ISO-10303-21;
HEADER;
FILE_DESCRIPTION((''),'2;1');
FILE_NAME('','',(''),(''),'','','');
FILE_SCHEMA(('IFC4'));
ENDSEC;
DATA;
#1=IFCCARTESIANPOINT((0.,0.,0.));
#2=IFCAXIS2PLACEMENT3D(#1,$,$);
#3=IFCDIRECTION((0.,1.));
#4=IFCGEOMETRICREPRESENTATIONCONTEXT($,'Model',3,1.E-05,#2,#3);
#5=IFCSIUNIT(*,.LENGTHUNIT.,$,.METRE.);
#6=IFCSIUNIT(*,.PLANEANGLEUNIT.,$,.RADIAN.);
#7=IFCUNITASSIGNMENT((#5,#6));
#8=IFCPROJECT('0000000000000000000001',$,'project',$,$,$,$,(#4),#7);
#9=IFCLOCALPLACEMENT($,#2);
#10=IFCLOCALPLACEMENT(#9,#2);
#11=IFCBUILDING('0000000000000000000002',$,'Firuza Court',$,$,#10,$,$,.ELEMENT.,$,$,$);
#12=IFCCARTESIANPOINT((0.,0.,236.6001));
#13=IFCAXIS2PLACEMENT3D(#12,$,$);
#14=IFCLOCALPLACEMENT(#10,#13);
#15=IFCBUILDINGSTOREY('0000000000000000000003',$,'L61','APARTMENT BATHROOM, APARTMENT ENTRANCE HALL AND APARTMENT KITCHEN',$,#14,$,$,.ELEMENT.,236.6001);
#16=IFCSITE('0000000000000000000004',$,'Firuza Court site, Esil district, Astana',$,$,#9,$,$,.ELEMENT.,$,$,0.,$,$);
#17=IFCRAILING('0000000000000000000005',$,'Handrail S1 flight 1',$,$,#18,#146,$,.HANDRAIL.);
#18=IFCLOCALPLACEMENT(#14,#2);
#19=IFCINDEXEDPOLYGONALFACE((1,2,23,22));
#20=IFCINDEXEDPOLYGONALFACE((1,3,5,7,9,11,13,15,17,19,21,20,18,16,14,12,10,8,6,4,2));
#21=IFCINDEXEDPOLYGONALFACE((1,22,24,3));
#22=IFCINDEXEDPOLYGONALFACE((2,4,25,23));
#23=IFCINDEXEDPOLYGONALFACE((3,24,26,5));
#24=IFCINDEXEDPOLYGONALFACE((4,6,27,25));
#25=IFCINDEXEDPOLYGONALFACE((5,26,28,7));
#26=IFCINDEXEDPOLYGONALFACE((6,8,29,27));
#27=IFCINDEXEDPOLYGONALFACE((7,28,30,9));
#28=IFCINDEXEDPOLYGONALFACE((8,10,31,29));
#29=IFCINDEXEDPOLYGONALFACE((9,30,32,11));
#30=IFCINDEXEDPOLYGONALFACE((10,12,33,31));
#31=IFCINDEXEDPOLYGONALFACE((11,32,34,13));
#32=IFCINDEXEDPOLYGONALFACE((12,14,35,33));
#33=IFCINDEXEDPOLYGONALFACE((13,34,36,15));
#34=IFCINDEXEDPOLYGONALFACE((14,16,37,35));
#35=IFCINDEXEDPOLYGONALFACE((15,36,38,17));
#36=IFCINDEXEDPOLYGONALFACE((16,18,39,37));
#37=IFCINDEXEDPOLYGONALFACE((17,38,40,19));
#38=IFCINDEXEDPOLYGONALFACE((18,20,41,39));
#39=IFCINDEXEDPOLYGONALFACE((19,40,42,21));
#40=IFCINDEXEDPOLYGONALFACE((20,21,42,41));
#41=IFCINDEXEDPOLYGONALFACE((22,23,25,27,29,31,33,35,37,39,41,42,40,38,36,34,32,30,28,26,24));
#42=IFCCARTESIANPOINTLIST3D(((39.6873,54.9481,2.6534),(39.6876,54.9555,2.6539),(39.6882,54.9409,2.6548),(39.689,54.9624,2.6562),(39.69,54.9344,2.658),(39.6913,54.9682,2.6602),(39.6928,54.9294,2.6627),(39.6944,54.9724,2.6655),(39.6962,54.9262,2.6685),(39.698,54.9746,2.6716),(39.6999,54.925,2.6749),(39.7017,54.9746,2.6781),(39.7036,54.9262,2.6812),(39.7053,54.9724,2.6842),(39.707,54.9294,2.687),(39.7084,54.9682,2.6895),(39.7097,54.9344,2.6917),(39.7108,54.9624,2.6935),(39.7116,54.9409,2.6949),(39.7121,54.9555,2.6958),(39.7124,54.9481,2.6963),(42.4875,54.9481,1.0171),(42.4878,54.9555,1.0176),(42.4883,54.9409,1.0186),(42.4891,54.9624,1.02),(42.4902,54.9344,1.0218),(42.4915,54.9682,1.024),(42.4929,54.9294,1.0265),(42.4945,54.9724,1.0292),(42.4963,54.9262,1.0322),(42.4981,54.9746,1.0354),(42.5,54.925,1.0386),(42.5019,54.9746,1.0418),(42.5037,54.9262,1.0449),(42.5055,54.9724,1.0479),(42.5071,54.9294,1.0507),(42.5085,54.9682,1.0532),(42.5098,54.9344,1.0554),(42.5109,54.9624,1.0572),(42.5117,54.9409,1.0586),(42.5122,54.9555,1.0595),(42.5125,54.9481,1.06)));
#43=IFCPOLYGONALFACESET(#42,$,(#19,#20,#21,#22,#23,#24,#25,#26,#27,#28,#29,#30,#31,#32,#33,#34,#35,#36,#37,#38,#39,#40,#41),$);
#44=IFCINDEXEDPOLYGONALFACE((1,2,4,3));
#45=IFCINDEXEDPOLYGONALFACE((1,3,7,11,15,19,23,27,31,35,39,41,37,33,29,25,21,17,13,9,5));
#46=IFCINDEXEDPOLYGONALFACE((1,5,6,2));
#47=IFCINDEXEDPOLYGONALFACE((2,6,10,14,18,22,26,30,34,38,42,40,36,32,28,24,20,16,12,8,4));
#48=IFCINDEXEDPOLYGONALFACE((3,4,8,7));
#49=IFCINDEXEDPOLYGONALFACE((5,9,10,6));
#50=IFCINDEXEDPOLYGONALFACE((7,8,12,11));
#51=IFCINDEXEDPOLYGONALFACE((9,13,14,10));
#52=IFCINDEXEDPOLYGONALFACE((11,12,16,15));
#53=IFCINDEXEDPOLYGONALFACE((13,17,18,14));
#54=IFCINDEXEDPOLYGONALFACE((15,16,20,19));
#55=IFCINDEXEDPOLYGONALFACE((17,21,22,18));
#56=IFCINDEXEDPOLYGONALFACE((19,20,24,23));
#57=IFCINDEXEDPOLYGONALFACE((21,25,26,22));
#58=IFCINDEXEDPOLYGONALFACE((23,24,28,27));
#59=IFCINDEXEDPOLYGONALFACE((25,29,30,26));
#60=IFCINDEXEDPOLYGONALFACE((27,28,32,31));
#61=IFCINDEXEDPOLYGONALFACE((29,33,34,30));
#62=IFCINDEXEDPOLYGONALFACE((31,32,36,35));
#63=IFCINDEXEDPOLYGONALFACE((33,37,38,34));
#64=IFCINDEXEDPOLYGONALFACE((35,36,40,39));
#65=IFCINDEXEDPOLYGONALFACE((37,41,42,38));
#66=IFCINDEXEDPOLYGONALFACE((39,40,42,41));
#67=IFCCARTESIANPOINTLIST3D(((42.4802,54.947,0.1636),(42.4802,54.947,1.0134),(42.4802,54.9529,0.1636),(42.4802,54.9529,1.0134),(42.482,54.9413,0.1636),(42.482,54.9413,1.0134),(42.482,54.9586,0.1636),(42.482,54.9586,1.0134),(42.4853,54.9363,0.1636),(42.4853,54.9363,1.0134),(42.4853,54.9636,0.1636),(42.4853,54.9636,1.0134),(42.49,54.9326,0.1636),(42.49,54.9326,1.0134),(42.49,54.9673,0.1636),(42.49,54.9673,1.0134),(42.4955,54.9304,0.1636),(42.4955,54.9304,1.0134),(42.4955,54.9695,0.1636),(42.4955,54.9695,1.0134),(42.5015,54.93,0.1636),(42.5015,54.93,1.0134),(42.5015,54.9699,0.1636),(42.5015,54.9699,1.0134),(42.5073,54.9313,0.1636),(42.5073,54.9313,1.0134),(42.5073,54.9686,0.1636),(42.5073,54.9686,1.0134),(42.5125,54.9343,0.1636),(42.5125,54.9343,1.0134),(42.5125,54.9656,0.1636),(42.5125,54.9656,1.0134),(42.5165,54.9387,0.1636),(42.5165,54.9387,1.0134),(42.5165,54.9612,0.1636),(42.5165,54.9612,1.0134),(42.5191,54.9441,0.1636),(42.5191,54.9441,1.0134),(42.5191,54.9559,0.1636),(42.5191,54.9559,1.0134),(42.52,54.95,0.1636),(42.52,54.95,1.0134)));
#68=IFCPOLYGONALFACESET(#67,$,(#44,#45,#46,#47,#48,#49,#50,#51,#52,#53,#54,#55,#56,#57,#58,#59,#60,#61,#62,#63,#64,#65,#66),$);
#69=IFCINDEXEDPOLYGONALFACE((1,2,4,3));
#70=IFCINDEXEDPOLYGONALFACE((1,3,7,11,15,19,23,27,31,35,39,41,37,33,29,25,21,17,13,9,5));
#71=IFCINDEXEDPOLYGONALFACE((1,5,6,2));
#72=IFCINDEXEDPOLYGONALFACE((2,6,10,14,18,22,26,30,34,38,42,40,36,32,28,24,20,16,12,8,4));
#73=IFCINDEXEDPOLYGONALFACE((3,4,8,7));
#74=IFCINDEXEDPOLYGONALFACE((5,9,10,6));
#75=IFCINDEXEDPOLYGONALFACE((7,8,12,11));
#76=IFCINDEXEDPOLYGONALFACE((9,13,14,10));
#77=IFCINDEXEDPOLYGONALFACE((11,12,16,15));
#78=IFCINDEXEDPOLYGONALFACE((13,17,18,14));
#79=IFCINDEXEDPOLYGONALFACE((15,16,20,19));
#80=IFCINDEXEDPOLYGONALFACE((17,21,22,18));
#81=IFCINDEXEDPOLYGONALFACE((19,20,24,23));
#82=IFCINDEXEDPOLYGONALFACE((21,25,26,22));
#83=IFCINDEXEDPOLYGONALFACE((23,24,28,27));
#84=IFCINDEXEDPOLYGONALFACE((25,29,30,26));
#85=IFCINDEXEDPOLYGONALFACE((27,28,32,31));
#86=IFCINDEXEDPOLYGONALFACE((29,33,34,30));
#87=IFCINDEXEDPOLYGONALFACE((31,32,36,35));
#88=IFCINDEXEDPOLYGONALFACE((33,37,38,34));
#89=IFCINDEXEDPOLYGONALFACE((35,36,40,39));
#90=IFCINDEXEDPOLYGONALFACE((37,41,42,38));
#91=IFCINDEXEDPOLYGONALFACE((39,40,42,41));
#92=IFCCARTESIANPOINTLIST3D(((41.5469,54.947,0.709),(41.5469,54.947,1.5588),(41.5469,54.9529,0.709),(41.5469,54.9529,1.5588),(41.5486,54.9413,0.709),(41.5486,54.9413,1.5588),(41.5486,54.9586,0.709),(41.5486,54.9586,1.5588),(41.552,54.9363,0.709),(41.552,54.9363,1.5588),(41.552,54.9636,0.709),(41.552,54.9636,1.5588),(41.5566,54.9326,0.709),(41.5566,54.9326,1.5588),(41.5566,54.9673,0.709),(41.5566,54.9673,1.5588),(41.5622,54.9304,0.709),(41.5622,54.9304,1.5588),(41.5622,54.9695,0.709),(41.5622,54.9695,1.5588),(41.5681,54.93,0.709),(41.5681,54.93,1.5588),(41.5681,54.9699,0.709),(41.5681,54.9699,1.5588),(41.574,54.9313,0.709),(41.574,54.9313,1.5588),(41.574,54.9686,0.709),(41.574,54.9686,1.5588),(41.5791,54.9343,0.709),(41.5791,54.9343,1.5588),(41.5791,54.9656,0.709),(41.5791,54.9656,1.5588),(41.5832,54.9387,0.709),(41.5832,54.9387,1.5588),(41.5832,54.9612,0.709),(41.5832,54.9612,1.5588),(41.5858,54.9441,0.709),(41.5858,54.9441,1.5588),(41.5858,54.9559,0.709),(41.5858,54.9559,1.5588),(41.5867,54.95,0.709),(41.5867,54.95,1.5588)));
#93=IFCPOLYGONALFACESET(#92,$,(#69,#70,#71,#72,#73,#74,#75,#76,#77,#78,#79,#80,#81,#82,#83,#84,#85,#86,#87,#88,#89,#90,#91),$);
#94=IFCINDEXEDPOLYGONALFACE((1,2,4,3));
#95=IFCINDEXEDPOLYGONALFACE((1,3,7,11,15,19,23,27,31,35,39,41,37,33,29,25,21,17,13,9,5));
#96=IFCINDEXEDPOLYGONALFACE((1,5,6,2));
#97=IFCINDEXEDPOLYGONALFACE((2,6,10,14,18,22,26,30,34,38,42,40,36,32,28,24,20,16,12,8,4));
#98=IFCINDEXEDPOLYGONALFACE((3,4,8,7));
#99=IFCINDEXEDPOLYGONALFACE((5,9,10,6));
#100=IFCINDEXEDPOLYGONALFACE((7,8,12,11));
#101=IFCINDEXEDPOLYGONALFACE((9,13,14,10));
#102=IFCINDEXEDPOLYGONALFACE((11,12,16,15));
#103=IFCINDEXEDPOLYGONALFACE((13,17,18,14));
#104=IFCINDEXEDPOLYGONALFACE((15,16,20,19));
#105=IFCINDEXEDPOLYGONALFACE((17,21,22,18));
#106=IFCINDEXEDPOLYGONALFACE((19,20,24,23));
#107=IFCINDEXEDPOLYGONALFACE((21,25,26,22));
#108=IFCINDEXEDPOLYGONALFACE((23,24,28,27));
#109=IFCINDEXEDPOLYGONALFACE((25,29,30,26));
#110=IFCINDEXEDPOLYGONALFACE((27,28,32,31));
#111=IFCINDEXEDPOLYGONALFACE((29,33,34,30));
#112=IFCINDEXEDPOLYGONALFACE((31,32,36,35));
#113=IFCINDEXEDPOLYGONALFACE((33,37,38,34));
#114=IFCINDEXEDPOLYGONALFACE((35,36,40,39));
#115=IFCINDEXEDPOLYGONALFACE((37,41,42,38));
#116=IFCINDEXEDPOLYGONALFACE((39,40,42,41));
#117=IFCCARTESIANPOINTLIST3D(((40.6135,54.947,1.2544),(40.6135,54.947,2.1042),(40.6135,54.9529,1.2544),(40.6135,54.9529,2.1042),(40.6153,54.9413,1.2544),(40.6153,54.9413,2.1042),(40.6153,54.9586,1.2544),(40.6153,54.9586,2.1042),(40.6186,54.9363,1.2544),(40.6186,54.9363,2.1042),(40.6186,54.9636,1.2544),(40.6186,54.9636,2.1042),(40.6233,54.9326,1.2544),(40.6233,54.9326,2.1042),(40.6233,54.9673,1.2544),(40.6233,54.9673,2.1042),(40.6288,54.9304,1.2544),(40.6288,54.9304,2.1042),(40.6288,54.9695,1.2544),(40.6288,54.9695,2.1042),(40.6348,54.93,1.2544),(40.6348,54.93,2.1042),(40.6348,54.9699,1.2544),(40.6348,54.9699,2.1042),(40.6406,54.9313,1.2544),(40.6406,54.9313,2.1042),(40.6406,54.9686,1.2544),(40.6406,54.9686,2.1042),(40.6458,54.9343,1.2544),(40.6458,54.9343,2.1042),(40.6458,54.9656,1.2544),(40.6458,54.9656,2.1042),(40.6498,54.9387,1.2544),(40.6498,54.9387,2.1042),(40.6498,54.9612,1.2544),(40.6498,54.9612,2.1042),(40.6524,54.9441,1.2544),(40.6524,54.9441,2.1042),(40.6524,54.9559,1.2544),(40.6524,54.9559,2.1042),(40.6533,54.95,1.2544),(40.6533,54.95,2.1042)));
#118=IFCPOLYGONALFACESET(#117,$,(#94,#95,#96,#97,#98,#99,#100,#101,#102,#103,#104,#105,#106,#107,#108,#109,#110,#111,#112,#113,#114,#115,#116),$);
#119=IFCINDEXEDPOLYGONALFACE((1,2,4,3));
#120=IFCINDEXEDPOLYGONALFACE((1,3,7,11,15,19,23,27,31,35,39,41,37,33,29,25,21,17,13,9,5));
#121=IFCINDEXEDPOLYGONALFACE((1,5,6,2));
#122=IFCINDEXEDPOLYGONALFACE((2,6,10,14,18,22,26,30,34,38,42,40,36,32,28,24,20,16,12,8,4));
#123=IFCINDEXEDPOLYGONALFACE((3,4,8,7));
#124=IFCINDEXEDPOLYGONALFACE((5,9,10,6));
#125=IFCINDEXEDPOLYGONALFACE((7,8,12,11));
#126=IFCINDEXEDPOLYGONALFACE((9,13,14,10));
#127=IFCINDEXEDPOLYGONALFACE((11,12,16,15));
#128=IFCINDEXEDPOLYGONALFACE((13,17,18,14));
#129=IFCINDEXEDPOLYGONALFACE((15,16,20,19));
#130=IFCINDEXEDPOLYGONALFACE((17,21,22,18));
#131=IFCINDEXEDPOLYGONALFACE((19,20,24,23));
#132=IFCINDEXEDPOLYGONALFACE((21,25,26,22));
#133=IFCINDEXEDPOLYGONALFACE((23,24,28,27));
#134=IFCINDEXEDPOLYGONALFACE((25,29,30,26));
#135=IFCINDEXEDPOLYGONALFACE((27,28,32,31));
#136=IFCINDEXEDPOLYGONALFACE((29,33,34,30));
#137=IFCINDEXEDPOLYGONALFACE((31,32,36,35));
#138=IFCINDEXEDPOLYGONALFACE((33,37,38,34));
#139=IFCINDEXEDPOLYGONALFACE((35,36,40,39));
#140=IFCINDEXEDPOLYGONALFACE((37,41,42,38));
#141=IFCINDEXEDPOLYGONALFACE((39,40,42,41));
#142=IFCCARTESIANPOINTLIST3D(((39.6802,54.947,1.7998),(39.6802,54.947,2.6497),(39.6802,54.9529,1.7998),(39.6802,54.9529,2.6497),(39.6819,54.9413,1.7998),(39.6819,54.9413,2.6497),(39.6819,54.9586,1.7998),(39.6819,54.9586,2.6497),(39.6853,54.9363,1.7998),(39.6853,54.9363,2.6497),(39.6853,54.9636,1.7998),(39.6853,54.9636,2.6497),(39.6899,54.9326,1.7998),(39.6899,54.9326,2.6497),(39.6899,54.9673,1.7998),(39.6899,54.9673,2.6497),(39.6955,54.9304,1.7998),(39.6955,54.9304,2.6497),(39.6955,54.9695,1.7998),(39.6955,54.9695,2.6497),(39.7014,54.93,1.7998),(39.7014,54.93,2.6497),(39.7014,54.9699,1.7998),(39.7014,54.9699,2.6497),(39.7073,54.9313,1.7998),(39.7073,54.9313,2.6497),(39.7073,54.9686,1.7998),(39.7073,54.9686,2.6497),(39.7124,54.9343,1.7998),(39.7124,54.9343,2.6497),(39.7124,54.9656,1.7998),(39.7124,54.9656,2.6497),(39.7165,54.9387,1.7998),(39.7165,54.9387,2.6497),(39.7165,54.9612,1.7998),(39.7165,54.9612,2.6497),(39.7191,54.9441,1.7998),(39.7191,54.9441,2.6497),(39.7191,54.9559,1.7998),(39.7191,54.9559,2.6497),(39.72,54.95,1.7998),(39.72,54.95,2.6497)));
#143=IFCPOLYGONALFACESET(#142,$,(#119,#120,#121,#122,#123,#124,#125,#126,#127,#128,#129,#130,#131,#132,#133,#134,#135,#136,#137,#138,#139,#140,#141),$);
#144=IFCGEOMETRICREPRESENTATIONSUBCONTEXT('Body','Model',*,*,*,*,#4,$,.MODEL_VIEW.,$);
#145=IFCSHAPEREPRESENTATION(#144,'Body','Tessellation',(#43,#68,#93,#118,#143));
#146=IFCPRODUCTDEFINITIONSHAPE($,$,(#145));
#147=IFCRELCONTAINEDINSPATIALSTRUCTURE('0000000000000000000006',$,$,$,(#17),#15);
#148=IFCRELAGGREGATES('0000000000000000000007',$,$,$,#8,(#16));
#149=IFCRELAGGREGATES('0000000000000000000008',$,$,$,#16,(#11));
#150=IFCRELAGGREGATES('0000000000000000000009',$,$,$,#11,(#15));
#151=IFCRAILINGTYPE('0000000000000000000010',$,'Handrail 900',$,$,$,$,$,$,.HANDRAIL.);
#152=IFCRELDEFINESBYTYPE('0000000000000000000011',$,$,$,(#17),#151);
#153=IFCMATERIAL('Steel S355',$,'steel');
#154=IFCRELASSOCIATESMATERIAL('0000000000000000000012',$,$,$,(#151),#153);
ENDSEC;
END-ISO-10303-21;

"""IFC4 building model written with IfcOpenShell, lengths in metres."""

from ifc_helpers import new_model, si_unit, direction, frame, origin, origin_2d, place, context, subcontext, project, spatial, circle, extrude, material, type_object, element, save


model = new_model("IFC4")

# Units and contexts
model_context = context("Model", 3, precision=1e-05, world=origin(), true_north=direction((0.0, 1.0)))
body_context = subcontext(model_context, "Body", "Model", "MODEL_VIEW")
ifc_project = project(units=[si_unit("LENGTHUNIT", "METRE"), si_unit("PLANEANGLEUNIT", "RADIAN")], contexts=[model_context])

# Site, building, storey
site_placement = place(None, origin())
site = spatial("IfcSite", under=ifc_project, at=site_placement, Name="Firuza Court site, Esil district, Astana", CompositionType="ELEMENT", RefElevation=0.0)
building_placement = place(site_placement, origin())
building = spatial("IfcBuilding", under=site, at=building_placement, Name="Firuza Court", CompositionType="ELEMENT")
storey_placement = place(building_placement, frame((0.0, 0.0, 236.6001)))
storey = spatial("IfcBuildingStorey", under=building, at=storey_placement, Name="L61", Description="APARTMENT BATHROOM, APARTMENT ENTRANCE HALL AND APARTMENT KITCHEN", CompositionType="ELEMENT", Elevation=236.6001)

# Railing
ifc_material_1 = material(Name="Steel S355", Category="steel")
railing_type_1 = type_object("IfcRailingType", Name="Handrail 900", PredefinedType="HANDRAIL", material=ifc_material_1)
railing_1_placement = place(storey_placement, frame((42.5, 54.95, 0.1636)))
element("IfcRailing", 1, at=railing_1_placement, inside=storey, type_object=railing_type_1, Name="Handrail S1 flight 1", PredefinedType="HANDRAIL", context=body_context, shape_type="SweptSolid", body=[
    extrude(circle(Radius=0.0249, at=origin_2d()), frame((0.0, 0.0, 0.875), z_axis=(-0.863394, 0.0, 0.504531), x_axis=(0.0, -1.0, 0.0)), (0.0, 0.0, 1.0), 3.2432),
    extrude(circle(Radius=0.02, at=origin_2d()), origin(), (0.0, 0.0, 1.0), 0.8499),
    extrude(circle(Radius=0.02, at=origin_2d()), frame((-0.9333, 0.0, 0.5454)), (0.0, 0.0, 1.0), 0.8499),
    extrude(circle(Radius=0.02, at=origin_2d()), frame((-1.8667, 0.0, 1.0908)), (0.0, 0.0, 1.0), 0.8499),
    extrude(circle(Radius=0.02, at=origin_2d()), frame((-2.8, 0.0, 1.6362)), (0.0, 0.0, 1.0), 0.8499),
])

save(model, "model.ifc")
